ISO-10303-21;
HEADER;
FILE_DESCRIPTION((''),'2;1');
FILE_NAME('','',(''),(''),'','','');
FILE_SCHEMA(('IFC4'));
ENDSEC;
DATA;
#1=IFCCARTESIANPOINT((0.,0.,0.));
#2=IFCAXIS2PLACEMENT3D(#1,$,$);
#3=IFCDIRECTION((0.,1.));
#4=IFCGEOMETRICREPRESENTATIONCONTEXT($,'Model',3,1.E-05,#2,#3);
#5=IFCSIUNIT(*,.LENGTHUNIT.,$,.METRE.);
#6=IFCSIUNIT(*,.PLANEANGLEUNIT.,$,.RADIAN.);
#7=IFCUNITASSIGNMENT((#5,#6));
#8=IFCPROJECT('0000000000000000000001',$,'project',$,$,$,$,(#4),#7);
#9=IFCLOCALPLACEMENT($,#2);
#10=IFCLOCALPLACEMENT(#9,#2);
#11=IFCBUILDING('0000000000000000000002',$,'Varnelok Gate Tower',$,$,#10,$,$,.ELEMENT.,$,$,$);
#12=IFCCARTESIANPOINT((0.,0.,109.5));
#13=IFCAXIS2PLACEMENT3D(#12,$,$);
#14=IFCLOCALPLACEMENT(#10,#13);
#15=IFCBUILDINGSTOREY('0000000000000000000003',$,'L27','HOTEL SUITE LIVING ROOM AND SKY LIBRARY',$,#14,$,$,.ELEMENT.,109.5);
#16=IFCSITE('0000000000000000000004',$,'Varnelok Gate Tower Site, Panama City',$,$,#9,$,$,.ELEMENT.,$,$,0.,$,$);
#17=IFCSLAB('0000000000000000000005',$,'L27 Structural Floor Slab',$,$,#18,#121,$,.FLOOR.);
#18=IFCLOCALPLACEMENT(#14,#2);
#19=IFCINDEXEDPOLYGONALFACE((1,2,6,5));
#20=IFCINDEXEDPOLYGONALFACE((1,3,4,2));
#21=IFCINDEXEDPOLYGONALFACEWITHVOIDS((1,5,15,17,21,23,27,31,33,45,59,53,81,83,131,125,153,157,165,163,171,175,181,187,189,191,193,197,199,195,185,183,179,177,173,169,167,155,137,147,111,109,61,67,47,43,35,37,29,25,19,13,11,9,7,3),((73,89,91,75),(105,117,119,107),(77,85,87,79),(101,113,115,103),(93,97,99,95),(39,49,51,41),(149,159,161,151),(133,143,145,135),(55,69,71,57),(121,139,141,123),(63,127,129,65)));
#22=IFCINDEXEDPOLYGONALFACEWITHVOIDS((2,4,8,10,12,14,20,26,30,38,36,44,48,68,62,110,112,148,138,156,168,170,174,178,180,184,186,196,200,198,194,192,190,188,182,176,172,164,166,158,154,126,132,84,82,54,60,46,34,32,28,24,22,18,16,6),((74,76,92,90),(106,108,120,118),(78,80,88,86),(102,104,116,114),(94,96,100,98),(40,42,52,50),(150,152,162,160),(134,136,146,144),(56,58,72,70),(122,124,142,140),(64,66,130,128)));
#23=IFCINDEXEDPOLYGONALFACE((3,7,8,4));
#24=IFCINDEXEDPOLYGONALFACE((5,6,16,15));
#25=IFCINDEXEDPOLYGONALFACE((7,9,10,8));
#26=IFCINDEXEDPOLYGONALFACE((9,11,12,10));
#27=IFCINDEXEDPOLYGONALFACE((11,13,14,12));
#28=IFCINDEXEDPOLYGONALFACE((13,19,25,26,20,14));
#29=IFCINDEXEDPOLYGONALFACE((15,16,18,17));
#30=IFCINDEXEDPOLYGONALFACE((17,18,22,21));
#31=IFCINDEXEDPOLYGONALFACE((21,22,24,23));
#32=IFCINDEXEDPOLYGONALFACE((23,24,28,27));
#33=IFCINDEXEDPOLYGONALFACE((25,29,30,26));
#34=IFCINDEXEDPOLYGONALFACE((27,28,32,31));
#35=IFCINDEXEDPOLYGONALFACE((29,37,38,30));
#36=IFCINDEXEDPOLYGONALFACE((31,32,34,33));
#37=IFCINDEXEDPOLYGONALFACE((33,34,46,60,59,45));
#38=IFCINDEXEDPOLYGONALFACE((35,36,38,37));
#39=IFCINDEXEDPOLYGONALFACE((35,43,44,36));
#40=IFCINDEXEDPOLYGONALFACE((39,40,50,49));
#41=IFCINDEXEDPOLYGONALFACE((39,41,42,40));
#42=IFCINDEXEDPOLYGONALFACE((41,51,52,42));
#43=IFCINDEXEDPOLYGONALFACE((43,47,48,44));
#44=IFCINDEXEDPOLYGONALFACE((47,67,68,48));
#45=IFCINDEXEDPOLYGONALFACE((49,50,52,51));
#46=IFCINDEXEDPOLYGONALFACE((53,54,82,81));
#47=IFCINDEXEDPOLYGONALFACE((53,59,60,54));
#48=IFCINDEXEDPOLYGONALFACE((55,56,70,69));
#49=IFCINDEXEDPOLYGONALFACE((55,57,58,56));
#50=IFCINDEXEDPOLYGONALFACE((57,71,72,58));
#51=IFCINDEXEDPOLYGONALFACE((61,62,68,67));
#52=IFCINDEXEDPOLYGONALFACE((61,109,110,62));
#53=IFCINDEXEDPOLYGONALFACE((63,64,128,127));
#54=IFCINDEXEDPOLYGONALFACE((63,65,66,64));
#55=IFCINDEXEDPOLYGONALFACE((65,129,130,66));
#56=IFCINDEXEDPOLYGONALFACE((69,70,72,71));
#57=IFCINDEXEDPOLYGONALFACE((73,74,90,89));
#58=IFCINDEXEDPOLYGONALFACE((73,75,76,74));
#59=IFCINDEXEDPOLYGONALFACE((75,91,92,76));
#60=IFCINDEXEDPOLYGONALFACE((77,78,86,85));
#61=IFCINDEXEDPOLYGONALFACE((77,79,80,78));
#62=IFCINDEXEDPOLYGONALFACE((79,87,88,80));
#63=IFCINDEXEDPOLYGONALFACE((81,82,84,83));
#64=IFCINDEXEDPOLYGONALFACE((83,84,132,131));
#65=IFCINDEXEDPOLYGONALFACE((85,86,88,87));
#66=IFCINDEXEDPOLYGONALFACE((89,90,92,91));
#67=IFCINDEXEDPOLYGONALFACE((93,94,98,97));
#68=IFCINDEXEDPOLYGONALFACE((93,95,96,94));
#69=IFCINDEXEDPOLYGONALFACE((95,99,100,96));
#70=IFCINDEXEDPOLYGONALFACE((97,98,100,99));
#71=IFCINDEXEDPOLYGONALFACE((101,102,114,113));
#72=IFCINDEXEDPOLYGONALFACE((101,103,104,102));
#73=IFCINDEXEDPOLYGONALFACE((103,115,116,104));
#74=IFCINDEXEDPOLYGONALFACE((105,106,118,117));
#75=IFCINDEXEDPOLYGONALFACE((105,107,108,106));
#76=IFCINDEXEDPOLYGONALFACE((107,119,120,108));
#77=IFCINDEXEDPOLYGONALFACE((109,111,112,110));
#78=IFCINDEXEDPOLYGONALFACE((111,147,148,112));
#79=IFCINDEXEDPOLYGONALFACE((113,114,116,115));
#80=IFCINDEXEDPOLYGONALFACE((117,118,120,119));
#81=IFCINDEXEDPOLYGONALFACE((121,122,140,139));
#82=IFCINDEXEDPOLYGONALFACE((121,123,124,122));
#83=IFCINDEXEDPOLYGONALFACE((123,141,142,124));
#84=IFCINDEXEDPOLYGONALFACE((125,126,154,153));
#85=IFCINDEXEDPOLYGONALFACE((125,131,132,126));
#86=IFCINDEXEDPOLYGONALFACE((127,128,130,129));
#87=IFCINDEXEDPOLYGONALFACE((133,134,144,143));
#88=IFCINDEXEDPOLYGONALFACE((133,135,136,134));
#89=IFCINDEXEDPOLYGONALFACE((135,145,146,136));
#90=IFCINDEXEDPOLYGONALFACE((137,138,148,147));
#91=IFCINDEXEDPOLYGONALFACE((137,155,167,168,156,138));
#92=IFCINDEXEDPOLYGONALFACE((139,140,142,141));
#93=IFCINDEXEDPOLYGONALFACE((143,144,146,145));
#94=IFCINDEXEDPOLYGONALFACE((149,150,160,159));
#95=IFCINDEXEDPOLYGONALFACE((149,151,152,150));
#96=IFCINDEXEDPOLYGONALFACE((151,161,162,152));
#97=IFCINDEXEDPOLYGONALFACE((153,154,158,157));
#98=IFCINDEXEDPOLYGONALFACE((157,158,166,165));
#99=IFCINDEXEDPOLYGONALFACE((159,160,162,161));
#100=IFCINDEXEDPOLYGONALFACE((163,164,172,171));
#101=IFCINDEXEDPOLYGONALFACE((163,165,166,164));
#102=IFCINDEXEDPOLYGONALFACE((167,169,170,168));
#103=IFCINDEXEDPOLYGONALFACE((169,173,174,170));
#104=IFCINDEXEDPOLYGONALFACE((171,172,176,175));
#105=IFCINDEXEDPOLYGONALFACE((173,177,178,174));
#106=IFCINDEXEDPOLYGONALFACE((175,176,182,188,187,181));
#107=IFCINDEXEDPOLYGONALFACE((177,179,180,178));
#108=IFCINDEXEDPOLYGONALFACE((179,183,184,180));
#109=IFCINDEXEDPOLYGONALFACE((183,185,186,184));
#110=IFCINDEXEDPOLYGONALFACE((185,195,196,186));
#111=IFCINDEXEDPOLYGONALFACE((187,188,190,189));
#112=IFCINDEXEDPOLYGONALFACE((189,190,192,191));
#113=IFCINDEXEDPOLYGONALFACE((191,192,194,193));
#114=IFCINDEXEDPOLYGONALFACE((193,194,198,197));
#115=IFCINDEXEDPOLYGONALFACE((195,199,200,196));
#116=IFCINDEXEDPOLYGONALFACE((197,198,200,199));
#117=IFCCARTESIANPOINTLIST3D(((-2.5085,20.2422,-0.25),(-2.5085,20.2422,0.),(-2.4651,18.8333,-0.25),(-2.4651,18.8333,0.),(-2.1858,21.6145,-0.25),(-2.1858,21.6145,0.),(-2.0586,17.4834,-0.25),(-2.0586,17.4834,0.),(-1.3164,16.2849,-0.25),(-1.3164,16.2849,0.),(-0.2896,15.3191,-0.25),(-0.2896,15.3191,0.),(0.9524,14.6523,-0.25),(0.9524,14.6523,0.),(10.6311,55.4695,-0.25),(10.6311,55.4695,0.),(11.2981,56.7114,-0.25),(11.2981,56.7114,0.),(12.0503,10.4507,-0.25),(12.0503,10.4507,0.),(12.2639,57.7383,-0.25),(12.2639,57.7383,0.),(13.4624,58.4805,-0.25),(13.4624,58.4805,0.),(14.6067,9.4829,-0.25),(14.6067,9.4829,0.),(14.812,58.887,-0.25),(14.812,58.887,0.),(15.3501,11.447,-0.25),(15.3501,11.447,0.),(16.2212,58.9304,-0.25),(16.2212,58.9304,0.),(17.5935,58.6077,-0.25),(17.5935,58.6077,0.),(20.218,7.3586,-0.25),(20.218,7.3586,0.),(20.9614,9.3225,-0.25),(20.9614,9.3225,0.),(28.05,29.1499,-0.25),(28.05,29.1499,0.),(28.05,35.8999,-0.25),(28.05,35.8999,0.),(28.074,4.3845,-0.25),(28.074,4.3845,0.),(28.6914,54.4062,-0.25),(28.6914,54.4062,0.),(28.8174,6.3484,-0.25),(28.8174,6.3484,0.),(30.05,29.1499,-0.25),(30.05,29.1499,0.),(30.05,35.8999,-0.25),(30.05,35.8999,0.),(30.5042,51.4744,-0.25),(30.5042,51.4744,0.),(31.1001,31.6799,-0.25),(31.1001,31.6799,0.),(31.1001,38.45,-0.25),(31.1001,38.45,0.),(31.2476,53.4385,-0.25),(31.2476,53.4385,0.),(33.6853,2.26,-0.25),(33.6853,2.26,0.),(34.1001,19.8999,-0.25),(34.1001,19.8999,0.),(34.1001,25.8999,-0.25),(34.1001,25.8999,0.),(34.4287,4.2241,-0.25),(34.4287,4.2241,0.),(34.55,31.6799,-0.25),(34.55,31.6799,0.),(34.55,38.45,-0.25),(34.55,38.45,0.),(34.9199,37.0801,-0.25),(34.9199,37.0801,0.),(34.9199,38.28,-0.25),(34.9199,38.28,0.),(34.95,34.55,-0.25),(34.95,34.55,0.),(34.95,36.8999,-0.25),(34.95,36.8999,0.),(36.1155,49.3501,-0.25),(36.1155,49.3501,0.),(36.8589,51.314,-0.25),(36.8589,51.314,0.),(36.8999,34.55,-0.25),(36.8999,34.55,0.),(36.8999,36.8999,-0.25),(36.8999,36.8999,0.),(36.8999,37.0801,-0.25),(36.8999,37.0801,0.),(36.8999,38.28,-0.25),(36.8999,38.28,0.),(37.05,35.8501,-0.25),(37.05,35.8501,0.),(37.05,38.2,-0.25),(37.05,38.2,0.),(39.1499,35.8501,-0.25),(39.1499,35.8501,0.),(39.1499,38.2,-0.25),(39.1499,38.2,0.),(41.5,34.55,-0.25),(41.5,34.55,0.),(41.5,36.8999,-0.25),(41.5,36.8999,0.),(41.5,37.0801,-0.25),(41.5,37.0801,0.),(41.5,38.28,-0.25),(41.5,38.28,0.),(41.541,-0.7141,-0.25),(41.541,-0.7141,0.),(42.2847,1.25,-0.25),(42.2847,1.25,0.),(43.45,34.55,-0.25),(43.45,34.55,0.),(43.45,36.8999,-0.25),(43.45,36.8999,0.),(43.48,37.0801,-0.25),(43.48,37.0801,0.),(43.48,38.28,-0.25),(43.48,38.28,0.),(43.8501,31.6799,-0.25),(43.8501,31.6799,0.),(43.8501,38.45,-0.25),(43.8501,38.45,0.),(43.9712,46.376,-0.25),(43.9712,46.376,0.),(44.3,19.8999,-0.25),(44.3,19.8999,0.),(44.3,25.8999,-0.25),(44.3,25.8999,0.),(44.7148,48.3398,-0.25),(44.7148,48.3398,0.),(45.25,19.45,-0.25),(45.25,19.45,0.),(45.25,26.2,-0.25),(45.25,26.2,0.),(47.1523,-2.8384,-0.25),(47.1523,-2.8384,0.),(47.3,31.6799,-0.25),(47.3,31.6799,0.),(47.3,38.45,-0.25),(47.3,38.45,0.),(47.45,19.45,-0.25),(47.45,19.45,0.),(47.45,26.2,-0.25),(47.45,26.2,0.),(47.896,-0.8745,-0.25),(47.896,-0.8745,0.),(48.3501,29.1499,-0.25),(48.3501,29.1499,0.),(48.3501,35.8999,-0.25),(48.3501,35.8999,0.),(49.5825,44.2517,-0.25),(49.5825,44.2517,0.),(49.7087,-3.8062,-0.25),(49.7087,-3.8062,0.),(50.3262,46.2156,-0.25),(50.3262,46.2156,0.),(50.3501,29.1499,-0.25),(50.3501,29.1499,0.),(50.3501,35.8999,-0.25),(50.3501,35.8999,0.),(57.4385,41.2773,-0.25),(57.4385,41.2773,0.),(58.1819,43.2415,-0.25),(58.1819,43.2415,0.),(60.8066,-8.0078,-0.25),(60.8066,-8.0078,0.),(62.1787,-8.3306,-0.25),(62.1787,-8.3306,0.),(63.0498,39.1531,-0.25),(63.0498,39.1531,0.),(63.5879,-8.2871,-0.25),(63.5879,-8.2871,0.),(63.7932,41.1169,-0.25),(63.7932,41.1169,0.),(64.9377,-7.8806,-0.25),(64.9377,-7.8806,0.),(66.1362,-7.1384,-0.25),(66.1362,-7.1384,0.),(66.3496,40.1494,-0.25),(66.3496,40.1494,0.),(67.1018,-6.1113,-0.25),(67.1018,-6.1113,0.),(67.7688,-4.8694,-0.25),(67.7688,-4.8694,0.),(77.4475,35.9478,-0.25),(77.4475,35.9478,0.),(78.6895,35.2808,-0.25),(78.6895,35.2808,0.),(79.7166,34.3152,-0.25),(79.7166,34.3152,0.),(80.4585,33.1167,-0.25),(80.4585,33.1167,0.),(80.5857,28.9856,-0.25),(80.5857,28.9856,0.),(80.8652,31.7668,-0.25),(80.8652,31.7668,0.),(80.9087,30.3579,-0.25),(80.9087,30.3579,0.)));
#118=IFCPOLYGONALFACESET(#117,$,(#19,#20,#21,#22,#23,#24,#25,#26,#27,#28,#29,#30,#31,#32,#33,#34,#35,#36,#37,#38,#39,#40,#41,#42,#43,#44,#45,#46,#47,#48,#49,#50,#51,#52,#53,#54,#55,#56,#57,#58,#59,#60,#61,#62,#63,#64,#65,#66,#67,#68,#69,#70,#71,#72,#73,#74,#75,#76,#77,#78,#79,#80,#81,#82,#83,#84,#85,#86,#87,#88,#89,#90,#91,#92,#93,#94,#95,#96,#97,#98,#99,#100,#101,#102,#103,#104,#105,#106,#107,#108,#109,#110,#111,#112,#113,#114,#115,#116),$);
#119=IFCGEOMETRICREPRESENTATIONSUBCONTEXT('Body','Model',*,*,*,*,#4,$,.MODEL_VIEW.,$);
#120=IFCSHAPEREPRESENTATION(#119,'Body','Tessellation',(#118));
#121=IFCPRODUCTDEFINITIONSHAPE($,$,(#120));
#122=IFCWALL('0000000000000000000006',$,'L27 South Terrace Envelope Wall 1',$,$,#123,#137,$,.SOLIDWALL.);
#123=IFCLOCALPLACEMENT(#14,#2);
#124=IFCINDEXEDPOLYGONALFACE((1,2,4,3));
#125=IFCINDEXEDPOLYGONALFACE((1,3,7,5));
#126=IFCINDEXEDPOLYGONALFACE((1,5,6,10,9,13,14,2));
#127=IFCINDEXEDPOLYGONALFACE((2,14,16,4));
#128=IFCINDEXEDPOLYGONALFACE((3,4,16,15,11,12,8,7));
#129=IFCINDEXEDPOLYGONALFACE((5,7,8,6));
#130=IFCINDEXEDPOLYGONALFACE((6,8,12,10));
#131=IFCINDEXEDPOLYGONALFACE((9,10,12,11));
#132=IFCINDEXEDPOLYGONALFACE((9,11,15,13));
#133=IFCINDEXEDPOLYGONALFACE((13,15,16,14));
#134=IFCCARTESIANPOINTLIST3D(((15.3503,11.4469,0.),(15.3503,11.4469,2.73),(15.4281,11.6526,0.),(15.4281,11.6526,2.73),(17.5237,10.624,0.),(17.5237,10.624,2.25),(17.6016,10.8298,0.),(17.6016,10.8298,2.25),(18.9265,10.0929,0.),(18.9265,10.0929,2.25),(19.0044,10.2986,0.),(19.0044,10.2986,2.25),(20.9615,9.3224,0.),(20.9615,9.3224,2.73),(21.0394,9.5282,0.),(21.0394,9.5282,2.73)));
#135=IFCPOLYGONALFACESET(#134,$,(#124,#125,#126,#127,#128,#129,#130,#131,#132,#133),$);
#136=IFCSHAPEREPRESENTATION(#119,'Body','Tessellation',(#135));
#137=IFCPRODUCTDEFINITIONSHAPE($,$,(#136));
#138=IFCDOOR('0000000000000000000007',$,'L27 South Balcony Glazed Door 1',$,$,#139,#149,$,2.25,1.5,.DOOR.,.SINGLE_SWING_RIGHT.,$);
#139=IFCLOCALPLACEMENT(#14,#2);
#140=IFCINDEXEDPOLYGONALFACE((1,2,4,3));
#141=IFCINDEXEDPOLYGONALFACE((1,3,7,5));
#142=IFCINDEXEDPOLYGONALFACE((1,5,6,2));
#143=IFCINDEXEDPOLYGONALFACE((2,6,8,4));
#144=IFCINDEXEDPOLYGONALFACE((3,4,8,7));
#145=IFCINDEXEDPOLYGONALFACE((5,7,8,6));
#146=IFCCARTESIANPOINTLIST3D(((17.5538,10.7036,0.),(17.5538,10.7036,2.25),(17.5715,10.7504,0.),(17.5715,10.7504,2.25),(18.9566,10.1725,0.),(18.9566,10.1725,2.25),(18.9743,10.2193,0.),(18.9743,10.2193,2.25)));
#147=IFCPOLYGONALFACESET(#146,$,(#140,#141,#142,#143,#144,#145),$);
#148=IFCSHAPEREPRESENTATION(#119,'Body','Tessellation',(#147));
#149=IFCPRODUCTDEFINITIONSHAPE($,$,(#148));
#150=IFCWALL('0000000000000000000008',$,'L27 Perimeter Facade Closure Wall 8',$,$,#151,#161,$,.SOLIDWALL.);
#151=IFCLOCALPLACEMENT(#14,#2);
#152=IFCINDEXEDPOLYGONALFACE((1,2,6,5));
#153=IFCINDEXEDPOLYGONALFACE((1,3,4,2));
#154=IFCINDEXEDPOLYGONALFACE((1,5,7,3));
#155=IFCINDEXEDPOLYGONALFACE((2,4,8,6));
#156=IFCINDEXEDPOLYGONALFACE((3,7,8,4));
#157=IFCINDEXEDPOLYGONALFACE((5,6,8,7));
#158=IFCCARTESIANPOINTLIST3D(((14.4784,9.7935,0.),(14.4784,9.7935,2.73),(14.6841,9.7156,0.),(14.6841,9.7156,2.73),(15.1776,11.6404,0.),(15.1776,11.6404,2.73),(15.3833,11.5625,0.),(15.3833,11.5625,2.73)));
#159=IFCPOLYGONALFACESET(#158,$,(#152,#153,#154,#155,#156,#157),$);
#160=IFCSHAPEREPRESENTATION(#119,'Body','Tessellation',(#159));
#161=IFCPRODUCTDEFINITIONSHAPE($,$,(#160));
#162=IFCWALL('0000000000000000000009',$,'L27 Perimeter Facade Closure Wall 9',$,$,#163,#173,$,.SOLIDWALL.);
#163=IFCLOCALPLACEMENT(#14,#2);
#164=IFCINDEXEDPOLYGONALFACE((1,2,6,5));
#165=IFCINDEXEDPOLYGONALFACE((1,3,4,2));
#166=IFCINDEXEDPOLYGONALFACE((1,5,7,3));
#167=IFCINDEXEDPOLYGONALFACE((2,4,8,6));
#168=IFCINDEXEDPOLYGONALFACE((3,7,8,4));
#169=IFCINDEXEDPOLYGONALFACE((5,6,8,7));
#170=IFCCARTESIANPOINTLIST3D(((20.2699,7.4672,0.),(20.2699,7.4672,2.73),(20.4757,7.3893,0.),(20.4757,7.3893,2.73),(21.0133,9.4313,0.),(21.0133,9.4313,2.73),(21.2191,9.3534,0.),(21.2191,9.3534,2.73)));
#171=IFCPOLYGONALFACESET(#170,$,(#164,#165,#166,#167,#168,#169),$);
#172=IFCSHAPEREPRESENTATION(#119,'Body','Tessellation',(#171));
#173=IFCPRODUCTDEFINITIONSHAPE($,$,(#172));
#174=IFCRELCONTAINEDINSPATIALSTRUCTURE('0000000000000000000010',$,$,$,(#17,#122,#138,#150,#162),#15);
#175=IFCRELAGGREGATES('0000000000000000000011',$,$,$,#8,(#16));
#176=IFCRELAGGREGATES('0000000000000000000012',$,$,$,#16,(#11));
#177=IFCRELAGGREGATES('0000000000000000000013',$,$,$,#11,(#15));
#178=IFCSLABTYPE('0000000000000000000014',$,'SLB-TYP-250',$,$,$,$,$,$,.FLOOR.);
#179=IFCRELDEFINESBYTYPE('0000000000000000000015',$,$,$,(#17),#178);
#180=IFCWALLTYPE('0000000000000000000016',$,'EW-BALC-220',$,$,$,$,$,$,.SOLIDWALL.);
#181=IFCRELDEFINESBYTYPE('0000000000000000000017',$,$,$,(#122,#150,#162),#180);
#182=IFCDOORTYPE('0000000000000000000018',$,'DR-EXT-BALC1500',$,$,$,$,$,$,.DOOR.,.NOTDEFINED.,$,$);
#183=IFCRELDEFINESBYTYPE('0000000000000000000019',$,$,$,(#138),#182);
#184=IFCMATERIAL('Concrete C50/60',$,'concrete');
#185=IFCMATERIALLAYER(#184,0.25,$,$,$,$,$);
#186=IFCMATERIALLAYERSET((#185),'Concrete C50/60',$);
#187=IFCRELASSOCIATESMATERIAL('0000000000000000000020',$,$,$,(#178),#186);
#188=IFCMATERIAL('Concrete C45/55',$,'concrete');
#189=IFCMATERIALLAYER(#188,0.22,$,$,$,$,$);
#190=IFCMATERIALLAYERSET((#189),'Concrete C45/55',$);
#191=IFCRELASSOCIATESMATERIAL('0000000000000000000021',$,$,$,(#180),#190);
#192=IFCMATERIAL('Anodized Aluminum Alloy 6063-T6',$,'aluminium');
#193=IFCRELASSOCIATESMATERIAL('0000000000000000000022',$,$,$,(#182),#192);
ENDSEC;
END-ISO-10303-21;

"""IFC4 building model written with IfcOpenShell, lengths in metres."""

from ifc_helpers import new_model, si_unit, direction, frame, frame_2d, origin, place, context, subcontext, project, spatial, polyline, rectangle, outline, extrude, material, layer, layer_set, type_object, element, fill, save


model = new_model("IFC4")

# Units and contexts
model_context = context("Model", 3, precision=1e-05, world=origin(), true_north=direction((0.0, 1.0)))
body_context = subcontext(model_context, "Body", "Model", "MODEL_VIEW")
ifc_project = project(units=[si_unit("LENGTHUNIT", "METRE"), si_unit("PLANEANGLEUNIT", "RADIAN")], contexts=[model_context])

# Site, building, storey
site_placement = place(None, origin())
site = spatial("IfcSite", under=ifc_project, at=site_placement, Name="Varnelok Gate Tower Site, Panama City", CompositionType="ELEMENT", RefElevation=0.0)
building_placement = place(site_placement, origin())
building = spatial("IfcBuilding", under=site, at=building_placement, Name="Varnelok Gate Tower", CompositionType="ELEMENT")
storey_placement = place(building_placement, frame((0.0, 0.0, 109.5)))
storey = spatial("IfcBuildingStorey", under=building, at=storey_placement, Name="L27", Description="HOTEL SUITE LIVING ROOM AND SKY LIBRARY", CompositionType="ELEMENT", Elevation=109.5)

# Shared definitions
ifc_material_1 = material(Name="Concrete C45/55", Category="concrete")

# Shared definitions
ifc_material_2 = material(Name="Concrete C50/60", Category="concrete")

# Slab
ifc_layer_1 = layer(ifc_material_2, 0.25)
ifc_layer_set_1 = layer_set([ifc_layer_1], Name="Concrete C50/60")
slab_type_1 = type_object("IfcSlabType", Name="SLB-TYP-250", PredefinedType="FLOOR", material=ifc_layer_set_1)
slab_1_placement = place(storey_placement, frame((0.0, 0.0, -0.25)))
element("IfcSlab", 1, at=slab_1_placement, inside=storey, type_object=slab_type_1, Name="L27 Structural Floor Slab", PredefinedType="FLOOR", context=body_context, shape_type="SweptSolid", body=[
    extrude(outline(polyline([(-2.1858, 21.6145), (-2.5085, 20.2422), (-2.4651, 18.8333), (-2.0586, 17.4834), (-1.3164, 16.2849), (-0.2896, 15.3191), (0.9524, 14.6523), (12.0503, 10.4507), (14.6067, 9.4829), (15.3501, 11.447), (20.9614, 9.3225), (20.218, 7.3586), (28.074, 4.3845), (28.8174, 6.3484), (34.4287, 4.2241), (33.6853, 2.26), (41.541, -0.7141), (42.2847, 1.25), (47.896, -0.8745), (47.1523, -2.8384), (49.7087, -3.8062), (60.8066, -8.0078), (62.1787, -8.3306), (63.5879, -8.2871), (64.9377, -7.8806), (66.1362, -7.1384), (67.1018, -6.1113), (67.7688, -4.8694), (80.5857, 28.9856), (80.9087, 30.3579), (80.8652, 31.7668), (80.4585, 33.1167), (79.7166, 34.3152), (78.6895, 35.2808), (77.4475, 35.9478), (66.3496, 40.1494), (63.7932, 41.1169), (63.0498, 39.1531), (57.4385, 41.2773), (58.1819, 43.2415), (50.3262, 46.2156), (49.5825, 44.2517), (43.9712, 46.376), (44.7148, 48.3398), (36.8589, 51.314), (36.1155, 49.3501), (30.5042, 51.4744), (31.2476, 53.4385), (28.6914, 54.4062), (17.5935, 58.6077), (16.2212, 58.9304), (14.812, 58.887), (13.4624, 58.4805), (12.2639, 57.7383), (11.2981, 56.7114), (10.6311, 55.4695), (-2.1858, 21.6145)]), holes=[polyline([(34.55, 31.6799), (34.55, 38.45), (31.1001, 38.45), (31.1001, 31.6799), (34.55, 31.6799)]), polyline([(47.3, 31.6799), (47.3, 38.45), (43.8501, 38.45), (43.8501, 31.6799), (47.3, 31.6799)]), polyline([(34.95, 34.55), (36.8999, 34.55), (36.8999, 36.8999), (34.95, 36.8999), (34.95, 34.55)]), polyline([(41.5, 34.55), (43.45, 34.55), (43.45, 36.8999), (41.5, 36.8999), (41.5, 34.55)]), polyline([(37.05, 35.8501), (39.1499, 35.8501), (39.1499, 38.2), (37.05, 38.2), (37.05, 35.8501)]), polyline([(28.05, 29.1499), (30.05, 29.1499), (30.05, 35.8999), (28.05, 35.8999), (28.05, 29.1499)]), polyline([(48.3501, 29.1499), (50.3501, 29.1499), (50.3501, 35.8999), (48.3501, 35.8999), (48.3501, 29.1499)]), polyline([(45.25, 19.45), (47.45, 19.45), (47.45, 26.2), (45.25, 26.2), (45.25, 19.45)]), polyline([(34.9199, 37.0801), (36.8999, 37.0801), (36.8999, 38.28), (34.9199, 38.28), (34.9199, 37.0801)]), polyline([(41.5, 37.0801), (43.48, 37.0801), (43.48, 38.28), (41.5, 38.28), (41.5, 37.0801)]), polyline([(34.1001, 19.8999), (44.3, 19.8999), (44.3, 25.8999), (34.1001, 25.8999), (34.1001, 19.8999)])]), origin(), (0.0, 0.0, 1.0), 0.25),
])

# Wall, opening, door
ifc_layer_2 = layer(ifc_material_1, 0.22)
ifc_layer_set_2 = layer_set([ifc_layer_2], Name="Concrete C45/55")
wall_type_1 = type_object("IfcWallType", Name="EW-BALC-220", PredefinedType="SOLIDWALL", material=ifc_layer_set_2)
wall_1_placement = place(storey_placement, frame((21.0005, 9.4253, 0.0), z_axis=(0.0, 0.0, 1.0), x_axis=(-0.935214, 0.354083, 0.0)))
wall_1 = element("IfcWall", 2, at=wall_1_placement, inside=storey, type_object=wall_type_1, Name="L27 South Terrace Envelope Wall 1", PredefinedType="SOLIDWALL", context=body_context, shape_type="SweptSolid", body=[
    extrude(rectangle(XDim=6.0, YDim=0.22, at=frame_2d((3.0, 0.0))), origin(), (0.0, 0.0, 1.0), 2.73),
])
opening_1_placement = place(wall_1_placement, frame((2.176, 0.0, 0.0)))
opening_1 = element("IfcOpeningElement", 3, at=opening_1_placement, cuts=wall_1, PredefinedType="OPENING", context=body_context, shape_type="SweptSolid", body=[
    extrude(rectangle(XDim=1.5, YDim=2.25, at=frame_2d((0.75, 1.125))), frame((0.0, 0.1199, 0.0), z_axis=(0.0, -1.0, 0.0), x_axis=(1.0, 0.0, 0.0)), (0.0, 0.0, 1.0), 0.24),
])
ifc_material_3 = material(Name="Anodized Aluminum Alloy 6063-T6", Category="aluminium")
door_type_1 = type_object("IfcDoorType", Name="DR-EXT-BALC1500", OperationType="NOTDEFINED", PredefinedType="DOOR", material=ifc_material_3)
door_1_placement = place(opening_1_placement, origin())
door_1 = element("IfcDoor", 4, at=door_1_placement, inside=storey, type_object=door_type_1, Name="L27 South Balcony Glazed Door 1", OperationType="SINGLE_SWING_RIGHT", OverallHeight=2.25, OverallWidth=1.5, PredefinedType="DOOR", context=body_context, shape_type="SweptSolid", body=[
    extrude(rectangle(XDim=1.5, YDim=2.25, at=frame_2d((0.75, 1.125))), frame((0.0, 0.0249, 0.0), z_axis=(0.0, -1.0, 0.0), x_axis=(1.0, 0.0, 0.0)), (0.0, 0.0, 1.0), 0.05),
])
fill(opening_1, door_1)

# Walls
wall_2_placement = place(storey_placement, frame((14.5813, 9.7546, 0.0), z_axis=(0.0, 0.0, 1.0), x_axis=(0.354062, 0.935222, 0.0)))
element("IfcWall", 5, at=wall_2_placement, inside=storey, type_object=wall_type_1, Name="L27 Perimeter Facade Closure Wall 8", PredefinedType="SOLIDWALL", context=body_context, shape_type="SweptSolid", body=[
    extrude(rectangle(XDim=1.9749, YDim=0.22, at=frame_2d((0.9873, 0.0))), origin(), (0.0, 0.0, 1.0), 2.73),
])
wall_3_placement = place(storey_placement, frame((21.1162, 9.3923, 0.0), z_axis=(0.0, 0.0, 1.0), x_axis=(-0.353988, -0.93525, 0.0)))
element("IfcWall", 6, at=wall_3_placement, inside=storey, type_object=wall_type_1, Name="L27 Perimeter Facade Closure Wall 9", PredefinedType="SOLIDWALL", context=body_context, shape_type="SweptSolid", body=[
    extrude(rectangle(XDim=2.1001, YDim=0.22, at=frame_2d((1.05, 0.0))), origin(), (0.0, 0.0, 1.0), 2.73),
])

save(model, "model.ifc")
